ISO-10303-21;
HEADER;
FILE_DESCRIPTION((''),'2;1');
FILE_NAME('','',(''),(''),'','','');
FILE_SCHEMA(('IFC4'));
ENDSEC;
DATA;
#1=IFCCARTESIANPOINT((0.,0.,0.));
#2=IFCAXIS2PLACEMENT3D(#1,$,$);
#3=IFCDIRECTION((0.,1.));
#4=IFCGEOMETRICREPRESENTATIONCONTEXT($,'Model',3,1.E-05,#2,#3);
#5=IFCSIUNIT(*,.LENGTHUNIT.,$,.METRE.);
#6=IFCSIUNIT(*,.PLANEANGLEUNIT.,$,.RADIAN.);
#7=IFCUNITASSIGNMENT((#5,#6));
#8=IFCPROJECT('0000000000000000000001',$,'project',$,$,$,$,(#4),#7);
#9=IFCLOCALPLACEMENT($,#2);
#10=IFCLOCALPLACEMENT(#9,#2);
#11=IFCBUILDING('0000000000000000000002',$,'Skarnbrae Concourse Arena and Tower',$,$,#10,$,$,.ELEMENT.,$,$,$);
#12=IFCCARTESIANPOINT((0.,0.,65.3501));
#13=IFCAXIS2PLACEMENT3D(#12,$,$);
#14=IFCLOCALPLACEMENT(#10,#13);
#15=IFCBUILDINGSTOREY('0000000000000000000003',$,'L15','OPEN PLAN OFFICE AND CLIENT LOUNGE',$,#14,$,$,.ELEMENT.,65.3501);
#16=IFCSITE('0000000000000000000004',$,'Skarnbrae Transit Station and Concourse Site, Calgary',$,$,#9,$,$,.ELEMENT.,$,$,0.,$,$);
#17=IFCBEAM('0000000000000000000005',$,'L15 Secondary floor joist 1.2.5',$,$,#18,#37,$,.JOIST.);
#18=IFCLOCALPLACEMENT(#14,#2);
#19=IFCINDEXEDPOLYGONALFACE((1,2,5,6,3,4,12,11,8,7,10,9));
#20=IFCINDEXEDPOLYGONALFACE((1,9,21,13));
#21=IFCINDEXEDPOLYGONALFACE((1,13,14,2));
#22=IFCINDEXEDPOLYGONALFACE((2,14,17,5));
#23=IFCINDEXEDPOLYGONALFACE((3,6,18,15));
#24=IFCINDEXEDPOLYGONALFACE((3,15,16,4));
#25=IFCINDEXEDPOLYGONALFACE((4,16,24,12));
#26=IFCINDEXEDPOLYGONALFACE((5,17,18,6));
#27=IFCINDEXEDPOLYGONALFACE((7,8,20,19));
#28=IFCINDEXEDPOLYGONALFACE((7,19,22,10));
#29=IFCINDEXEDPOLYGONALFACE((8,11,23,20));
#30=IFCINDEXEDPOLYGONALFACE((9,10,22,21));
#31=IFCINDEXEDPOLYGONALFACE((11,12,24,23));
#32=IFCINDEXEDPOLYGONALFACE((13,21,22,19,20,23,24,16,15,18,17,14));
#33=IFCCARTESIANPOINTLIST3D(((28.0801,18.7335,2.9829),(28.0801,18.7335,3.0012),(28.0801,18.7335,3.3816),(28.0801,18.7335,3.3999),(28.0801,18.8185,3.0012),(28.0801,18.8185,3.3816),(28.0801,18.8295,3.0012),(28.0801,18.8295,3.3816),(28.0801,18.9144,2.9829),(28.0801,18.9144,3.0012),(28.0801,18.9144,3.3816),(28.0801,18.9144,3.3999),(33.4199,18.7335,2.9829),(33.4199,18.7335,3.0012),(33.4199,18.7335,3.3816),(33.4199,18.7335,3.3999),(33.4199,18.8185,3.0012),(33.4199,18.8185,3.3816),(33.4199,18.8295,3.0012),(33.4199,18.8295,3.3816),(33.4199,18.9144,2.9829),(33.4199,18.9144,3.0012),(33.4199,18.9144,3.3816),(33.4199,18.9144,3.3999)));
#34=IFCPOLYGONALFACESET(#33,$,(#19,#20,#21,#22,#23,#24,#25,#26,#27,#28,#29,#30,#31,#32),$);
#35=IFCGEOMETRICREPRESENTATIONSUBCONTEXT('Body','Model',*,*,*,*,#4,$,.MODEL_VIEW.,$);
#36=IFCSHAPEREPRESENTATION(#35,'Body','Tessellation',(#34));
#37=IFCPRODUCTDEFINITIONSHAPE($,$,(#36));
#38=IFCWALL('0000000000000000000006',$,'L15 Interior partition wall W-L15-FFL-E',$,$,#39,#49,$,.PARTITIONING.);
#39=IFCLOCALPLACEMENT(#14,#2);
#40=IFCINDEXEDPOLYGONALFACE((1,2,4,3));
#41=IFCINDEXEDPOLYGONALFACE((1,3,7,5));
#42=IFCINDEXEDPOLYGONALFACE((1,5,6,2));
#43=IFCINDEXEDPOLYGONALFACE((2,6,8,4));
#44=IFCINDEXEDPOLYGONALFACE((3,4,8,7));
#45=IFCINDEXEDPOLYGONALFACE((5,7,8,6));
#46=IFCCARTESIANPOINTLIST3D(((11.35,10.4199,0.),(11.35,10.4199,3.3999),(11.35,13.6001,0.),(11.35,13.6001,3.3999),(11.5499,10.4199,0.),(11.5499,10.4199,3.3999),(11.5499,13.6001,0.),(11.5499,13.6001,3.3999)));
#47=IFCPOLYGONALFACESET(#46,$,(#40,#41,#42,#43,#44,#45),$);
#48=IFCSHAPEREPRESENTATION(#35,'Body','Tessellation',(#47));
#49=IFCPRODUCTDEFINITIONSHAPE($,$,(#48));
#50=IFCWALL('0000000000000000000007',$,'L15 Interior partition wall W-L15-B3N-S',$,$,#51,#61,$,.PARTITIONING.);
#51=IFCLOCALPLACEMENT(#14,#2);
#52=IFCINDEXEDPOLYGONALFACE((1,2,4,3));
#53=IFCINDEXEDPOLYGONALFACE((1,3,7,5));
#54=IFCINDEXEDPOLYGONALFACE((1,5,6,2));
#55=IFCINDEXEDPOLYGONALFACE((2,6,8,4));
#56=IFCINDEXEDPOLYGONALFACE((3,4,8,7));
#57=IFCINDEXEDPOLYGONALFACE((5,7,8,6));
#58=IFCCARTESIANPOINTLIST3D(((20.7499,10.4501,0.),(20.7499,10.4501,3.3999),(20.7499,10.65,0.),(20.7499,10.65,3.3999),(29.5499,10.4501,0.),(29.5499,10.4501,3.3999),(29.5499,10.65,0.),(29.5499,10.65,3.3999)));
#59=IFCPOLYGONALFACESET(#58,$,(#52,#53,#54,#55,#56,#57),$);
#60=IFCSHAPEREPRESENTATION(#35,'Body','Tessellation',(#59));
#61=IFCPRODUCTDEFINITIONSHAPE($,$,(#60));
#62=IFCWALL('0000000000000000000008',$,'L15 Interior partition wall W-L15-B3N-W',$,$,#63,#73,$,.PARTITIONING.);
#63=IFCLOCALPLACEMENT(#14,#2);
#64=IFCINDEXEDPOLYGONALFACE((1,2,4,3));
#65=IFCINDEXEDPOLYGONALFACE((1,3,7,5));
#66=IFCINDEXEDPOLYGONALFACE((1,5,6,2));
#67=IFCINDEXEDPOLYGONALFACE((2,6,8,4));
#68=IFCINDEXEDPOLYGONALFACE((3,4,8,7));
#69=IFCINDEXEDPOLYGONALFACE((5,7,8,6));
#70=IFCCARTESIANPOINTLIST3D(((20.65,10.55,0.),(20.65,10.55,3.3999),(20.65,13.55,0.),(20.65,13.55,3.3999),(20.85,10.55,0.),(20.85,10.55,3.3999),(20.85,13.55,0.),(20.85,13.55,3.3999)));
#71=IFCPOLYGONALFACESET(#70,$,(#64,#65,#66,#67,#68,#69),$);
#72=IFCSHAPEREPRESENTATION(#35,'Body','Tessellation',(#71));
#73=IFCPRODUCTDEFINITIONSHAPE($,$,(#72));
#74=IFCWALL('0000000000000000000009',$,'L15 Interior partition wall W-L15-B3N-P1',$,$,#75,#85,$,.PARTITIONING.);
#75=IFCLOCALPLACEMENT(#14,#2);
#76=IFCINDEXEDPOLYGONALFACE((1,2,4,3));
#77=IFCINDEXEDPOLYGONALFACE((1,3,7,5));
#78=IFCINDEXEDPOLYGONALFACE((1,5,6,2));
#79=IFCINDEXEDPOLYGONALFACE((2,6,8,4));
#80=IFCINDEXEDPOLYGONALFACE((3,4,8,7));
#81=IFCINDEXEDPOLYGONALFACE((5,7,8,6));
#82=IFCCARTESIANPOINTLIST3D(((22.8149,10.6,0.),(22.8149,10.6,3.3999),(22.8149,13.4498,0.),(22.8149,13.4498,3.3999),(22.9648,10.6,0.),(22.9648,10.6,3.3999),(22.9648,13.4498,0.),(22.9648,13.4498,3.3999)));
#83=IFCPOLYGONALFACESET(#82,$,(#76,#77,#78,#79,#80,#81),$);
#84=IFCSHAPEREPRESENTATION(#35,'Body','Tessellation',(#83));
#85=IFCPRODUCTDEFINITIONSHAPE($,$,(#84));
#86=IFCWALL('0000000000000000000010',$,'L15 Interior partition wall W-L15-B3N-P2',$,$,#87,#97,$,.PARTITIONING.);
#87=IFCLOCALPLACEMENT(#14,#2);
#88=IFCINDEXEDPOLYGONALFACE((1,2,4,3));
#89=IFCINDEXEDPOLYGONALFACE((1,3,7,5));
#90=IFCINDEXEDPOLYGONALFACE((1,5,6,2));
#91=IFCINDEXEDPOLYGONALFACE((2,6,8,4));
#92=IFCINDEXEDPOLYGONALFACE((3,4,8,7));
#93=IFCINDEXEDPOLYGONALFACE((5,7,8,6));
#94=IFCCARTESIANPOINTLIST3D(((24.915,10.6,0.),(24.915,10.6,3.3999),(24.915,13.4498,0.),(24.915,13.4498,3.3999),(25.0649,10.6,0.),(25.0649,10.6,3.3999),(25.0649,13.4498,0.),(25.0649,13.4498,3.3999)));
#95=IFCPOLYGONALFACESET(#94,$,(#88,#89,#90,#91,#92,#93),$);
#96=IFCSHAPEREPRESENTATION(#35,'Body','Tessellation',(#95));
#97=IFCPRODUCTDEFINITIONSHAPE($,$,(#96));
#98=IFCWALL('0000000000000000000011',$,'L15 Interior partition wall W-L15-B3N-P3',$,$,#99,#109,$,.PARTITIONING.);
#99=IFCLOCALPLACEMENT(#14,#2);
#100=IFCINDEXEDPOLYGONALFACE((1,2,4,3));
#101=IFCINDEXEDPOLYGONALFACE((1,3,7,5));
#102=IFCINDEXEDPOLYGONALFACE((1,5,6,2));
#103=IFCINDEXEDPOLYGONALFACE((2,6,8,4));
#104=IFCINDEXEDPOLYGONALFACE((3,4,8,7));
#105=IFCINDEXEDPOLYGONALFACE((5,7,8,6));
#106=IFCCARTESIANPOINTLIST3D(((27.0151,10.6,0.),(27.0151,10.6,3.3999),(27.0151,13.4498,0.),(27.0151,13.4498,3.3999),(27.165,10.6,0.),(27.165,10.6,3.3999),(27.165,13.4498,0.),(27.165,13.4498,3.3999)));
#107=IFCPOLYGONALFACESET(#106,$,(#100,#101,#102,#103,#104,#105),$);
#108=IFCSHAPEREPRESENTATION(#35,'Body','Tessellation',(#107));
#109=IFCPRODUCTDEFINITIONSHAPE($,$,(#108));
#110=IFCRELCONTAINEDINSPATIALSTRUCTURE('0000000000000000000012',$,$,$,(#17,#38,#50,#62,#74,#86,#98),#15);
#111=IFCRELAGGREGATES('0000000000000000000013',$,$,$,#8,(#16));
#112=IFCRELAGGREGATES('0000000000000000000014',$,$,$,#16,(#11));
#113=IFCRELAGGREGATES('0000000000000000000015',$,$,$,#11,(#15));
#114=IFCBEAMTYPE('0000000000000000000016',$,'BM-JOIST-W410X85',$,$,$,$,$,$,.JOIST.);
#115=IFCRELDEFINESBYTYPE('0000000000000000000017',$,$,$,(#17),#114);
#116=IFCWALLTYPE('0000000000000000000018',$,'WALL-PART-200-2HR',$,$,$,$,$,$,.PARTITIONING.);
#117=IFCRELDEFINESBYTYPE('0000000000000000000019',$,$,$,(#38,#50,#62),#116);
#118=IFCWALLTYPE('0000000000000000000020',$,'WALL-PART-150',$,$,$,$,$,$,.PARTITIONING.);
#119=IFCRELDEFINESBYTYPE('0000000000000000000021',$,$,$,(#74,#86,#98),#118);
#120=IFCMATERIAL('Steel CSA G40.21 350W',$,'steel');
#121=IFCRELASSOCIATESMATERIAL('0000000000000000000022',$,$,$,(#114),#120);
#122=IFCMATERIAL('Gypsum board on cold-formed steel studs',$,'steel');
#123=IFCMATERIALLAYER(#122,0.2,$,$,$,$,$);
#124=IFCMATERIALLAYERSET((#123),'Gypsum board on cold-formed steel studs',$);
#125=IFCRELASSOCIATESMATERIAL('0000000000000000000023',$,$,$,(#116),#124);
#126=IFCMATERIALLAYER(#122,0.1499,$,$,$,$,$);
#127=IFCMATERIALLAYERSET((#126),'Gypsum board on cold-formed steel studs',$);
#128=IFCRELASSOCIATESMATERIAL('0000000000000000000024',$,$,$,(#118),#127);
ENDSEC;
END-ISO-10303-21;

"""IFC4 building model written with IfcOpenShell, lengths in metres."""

from ifc_helpers import new_model, si_unit, direction, frame, frame_2d, origin, origin_2d, place, context, subcontext, project, spatial, rectangle, i_section, extrude, source, transform, mapped, material, layer, layer_set, material_profile, profile_set, type_object, element, save


model = new_model("IFC4")

# Units and contexts
model_context = context("Model", 3, precision=1e-05, world=origin(), true_north=direction((0.0, 1.0)))
body_context = subcontext(model_context, "Body", "Model", "MODEL_VIEW")
ifc_project = project(units=[si_unit("LENGTHUNIT", "METRE"), si_unit("PLANEANGLEUNIT", "RADIAN")], contexts=[model_context])

# Site, building, storey
site_placement = place(None, origin())
site = spatial("IfcSite", under=ifc_project, at=site_placement, Name="Skarnbrae Transit Station and Concourse Site, Calgary", CompositionType="ELEMENT", RefElevation=0.0)
building_placement = place(site_placement, origin())
building = spatial("IfcBuilding", under=site, at=building_placement, Name="Skarnbrae Concourse Arena and Tower", CompositionType="ELEMENT")
storey_placement = place(building_placement, frame((0.0, 0.0, 65.3501)))
storey = spatial("IfcBuildingStorey", under=building, at=storey_placement, Name="L15", Description="OPEN PLAN OFFICE AND CLIENT LOUNGE", CompositionType="ELEMENT", Elevation=65.3501)

# Shared definitions
ifc_material_1 = material(Name="Steel CSA G40.21 350W", Category="steel")

# Beam
ifc_material_profile_1 = material_profile(ifc_material_1, i_section(OverallWidth=0.1809, OverallDepth=0.417, WebThickness=0.011, FlangeThickness=0.0183, at=origin_2d()), Name="W410X85")
ifc_profile_set_1 = profile_set([ifc_material_profile_1], Name="Steel CSA G40.21 350W")
beam_type_1 = type_object("IfcBeamType", Name="BM-JOIST-W410X85", PredefinedType="JOIST", material=ifc_profile_set_1)
shared_shape_1 = source(origin(), body_context, "Body", "SweptSolid", [
    extrude(i_section(OverallWidth=0.1809, OverallDepth=0.417, WebThickness=0.011, FlangeThickness=0.0183, at=origin_2d()), origin(), (0.0, 0.0, 1.0), 5.3398),
])
for number, where, z_axis, x_axis, name in (
    (1, (28.0801, 18.824, 3.1914), (1.0, 0.0, 0.0), (0.0, 1.0, 0.0), "L15 Secondary floor joist 1.2.5"),
):
    element("IfcBeam", number, at=place(storey_placement, frame(where, z_axis=z_axis, x_axis=x_axis)), inside=storey, type_object=beam_type_1, Name=name, PredefinedType="JOIST", context=body_context, shape_type="MappedRepresentation", body=[
        mapped(shared_shape_1, transform((0.0, 0.0, 0.0))),
    ])

# Wall
ifc_material_2 = material(Name="Gypsum board on cold-formed steel studs", Category="steel")
ifc_layer_1 = layer(ifc_material_2, 0.2)
ifc_layer_set_1 = layer_set([ifc_layer_1], Name="Gypsum board on cold-formed steel studs")
wall_type_1 = type_object("IfcWallType", Name="WALL-PART-200-2HR", PredefinedType="PARTITIONING", material=ifc_layer_set_1)
shared_shape_2 = source(origin(), body_context, "Body", "SweptSolid", [
    extrude(rectangle(XDim=3.1802, YDim=0.2, at=frame_2d((1.5901, 0.0))), origin(), (0.0, 0.0, 1.0), 3.3999),
])
wall_1_placement = place(storey_placement, frame((11.45, 10.4199, 0.0), z_axis=(0.0, 0.0, 1.0), x_axis=(0.0, 1.0, 0.0)))
element("IfcWall", 2, at=wall_1_placement, inside=storey, type_object=wall_type_1, Name="L15 Interior partition wall W-L15-FFL-E", PredefinedType="PARTITIONING", context=body_context, shape_type="MappedRepresentation", body=[
    mapped(shared_shape_2, transform((0.0, 0.0, 0.0))),
])

# Walls
shared_shape_3 = source(origin(), body_context, "Body", "SweptSolid", [
    extrude(rectangle(XDim=8.8, YDim=0.2, at=frame_2d((4.3999, 0.0))), origin(), (0.0, 0.0, 1.0), 3.3999),
])
wall_2_placement = place(storey_placement, frame((20.75, 10.55, 0.0), z_axis=(0.0, 0.0, 1.0), x_axis=(1.0, 0.0, 0.0)))
element("IfcWall", 3, at=wall_2_placement, inside=storey, type_object=wall_type_1, Name="L15 Interior partition wall W-L15-B3N-S", PredefinedType="PARTITIONING", context=body_context, shape_type="MappedRepresentation", body=[
    mapped(shared_shape_3, transform((0.0, 0.0, 0.0))),
])
shared_shape_4 = source(origin(), body_context, "Body", "SweptSolid", [
    extrude(rectangle(XDim=3.0, YDim=0.2, at=frame_2d((1.5, 0.0))), origin(), (0.0, 0.0, 1.0), 3.3999),
])
wall_3_placement = place(storey_placement, frame((20.75, 10.55, 0.0), z_axis=(0.0, 0.0, 1.0), x_axis=(0.0, 1.0, 0.0)))
element("IfcWall", 4, at=wall_3_placement, inside=storey, type_object=wall_type_1, Name="L15 Interior partition wall W-L15-B3N-W", PredefinedType="PARTITIONING", context=body_context, shape_type="MappedRepresentation", body=[
    mapped(shared_shape_4, transform((0.0, 0.0, 0.0))),
])
ifc_layer_2 = layer(ifc_material_2, 0.1499)
ifc_layer_set_2 = layer_set([ifc_layer_2], Name="Gypsum board on cold-formed steel studs")
wall_type_2 = type_object("IfcWallType", Name="WALL-PART-150", PredefinedType="PARTITIONING", material=ifc_layer_set_2)
shared_shape_5 = source(origin(), body_context, "Body", "SweptSolid", [
    extrude(rectangle(XDim=2.8499, YDim=0.1499, at=frame_2d((1.4248, 0.0))), origin(), (0.0, 0.0, 1.0), 3.3999),
])
for number, where, z_axis, x_axis, name in (
    (5, (22.8899, 10.6001, 0.0), (0.0, 0.0, 1.0), (0.0, 1.0, 0.0), "L15 Interior partition wall W-L15-B3N-P1"),
    (6, (24.99, 10.6001, 0.0), (0.0, 0.0, 1.0), (0.0, 1.0, 0.0), "L15 Interior partition wall W-L15-B3N-P2"),
    (7, (27.0901, 10.6001, 0.0), (0.0, 0.0, 1.0), (0.0, 1.0, 0.0), "L15 Interior partition wall W-L15-B3N-P3"),
):
    element("IfcWall", number, at=place(storey_placement, frame(where, z_axis=z_axis, x_axis=x_axis)), inside=storey, type_object=wall_type_2, Name=name, PredefinedType="PARTITIONING", context=body_context, shape_type="MappedRepresentation", body=[
        mapped(shared_shape_5, transform((0.0, 0.0, 0.0))),
    ])

save(model, "model.ifc")
